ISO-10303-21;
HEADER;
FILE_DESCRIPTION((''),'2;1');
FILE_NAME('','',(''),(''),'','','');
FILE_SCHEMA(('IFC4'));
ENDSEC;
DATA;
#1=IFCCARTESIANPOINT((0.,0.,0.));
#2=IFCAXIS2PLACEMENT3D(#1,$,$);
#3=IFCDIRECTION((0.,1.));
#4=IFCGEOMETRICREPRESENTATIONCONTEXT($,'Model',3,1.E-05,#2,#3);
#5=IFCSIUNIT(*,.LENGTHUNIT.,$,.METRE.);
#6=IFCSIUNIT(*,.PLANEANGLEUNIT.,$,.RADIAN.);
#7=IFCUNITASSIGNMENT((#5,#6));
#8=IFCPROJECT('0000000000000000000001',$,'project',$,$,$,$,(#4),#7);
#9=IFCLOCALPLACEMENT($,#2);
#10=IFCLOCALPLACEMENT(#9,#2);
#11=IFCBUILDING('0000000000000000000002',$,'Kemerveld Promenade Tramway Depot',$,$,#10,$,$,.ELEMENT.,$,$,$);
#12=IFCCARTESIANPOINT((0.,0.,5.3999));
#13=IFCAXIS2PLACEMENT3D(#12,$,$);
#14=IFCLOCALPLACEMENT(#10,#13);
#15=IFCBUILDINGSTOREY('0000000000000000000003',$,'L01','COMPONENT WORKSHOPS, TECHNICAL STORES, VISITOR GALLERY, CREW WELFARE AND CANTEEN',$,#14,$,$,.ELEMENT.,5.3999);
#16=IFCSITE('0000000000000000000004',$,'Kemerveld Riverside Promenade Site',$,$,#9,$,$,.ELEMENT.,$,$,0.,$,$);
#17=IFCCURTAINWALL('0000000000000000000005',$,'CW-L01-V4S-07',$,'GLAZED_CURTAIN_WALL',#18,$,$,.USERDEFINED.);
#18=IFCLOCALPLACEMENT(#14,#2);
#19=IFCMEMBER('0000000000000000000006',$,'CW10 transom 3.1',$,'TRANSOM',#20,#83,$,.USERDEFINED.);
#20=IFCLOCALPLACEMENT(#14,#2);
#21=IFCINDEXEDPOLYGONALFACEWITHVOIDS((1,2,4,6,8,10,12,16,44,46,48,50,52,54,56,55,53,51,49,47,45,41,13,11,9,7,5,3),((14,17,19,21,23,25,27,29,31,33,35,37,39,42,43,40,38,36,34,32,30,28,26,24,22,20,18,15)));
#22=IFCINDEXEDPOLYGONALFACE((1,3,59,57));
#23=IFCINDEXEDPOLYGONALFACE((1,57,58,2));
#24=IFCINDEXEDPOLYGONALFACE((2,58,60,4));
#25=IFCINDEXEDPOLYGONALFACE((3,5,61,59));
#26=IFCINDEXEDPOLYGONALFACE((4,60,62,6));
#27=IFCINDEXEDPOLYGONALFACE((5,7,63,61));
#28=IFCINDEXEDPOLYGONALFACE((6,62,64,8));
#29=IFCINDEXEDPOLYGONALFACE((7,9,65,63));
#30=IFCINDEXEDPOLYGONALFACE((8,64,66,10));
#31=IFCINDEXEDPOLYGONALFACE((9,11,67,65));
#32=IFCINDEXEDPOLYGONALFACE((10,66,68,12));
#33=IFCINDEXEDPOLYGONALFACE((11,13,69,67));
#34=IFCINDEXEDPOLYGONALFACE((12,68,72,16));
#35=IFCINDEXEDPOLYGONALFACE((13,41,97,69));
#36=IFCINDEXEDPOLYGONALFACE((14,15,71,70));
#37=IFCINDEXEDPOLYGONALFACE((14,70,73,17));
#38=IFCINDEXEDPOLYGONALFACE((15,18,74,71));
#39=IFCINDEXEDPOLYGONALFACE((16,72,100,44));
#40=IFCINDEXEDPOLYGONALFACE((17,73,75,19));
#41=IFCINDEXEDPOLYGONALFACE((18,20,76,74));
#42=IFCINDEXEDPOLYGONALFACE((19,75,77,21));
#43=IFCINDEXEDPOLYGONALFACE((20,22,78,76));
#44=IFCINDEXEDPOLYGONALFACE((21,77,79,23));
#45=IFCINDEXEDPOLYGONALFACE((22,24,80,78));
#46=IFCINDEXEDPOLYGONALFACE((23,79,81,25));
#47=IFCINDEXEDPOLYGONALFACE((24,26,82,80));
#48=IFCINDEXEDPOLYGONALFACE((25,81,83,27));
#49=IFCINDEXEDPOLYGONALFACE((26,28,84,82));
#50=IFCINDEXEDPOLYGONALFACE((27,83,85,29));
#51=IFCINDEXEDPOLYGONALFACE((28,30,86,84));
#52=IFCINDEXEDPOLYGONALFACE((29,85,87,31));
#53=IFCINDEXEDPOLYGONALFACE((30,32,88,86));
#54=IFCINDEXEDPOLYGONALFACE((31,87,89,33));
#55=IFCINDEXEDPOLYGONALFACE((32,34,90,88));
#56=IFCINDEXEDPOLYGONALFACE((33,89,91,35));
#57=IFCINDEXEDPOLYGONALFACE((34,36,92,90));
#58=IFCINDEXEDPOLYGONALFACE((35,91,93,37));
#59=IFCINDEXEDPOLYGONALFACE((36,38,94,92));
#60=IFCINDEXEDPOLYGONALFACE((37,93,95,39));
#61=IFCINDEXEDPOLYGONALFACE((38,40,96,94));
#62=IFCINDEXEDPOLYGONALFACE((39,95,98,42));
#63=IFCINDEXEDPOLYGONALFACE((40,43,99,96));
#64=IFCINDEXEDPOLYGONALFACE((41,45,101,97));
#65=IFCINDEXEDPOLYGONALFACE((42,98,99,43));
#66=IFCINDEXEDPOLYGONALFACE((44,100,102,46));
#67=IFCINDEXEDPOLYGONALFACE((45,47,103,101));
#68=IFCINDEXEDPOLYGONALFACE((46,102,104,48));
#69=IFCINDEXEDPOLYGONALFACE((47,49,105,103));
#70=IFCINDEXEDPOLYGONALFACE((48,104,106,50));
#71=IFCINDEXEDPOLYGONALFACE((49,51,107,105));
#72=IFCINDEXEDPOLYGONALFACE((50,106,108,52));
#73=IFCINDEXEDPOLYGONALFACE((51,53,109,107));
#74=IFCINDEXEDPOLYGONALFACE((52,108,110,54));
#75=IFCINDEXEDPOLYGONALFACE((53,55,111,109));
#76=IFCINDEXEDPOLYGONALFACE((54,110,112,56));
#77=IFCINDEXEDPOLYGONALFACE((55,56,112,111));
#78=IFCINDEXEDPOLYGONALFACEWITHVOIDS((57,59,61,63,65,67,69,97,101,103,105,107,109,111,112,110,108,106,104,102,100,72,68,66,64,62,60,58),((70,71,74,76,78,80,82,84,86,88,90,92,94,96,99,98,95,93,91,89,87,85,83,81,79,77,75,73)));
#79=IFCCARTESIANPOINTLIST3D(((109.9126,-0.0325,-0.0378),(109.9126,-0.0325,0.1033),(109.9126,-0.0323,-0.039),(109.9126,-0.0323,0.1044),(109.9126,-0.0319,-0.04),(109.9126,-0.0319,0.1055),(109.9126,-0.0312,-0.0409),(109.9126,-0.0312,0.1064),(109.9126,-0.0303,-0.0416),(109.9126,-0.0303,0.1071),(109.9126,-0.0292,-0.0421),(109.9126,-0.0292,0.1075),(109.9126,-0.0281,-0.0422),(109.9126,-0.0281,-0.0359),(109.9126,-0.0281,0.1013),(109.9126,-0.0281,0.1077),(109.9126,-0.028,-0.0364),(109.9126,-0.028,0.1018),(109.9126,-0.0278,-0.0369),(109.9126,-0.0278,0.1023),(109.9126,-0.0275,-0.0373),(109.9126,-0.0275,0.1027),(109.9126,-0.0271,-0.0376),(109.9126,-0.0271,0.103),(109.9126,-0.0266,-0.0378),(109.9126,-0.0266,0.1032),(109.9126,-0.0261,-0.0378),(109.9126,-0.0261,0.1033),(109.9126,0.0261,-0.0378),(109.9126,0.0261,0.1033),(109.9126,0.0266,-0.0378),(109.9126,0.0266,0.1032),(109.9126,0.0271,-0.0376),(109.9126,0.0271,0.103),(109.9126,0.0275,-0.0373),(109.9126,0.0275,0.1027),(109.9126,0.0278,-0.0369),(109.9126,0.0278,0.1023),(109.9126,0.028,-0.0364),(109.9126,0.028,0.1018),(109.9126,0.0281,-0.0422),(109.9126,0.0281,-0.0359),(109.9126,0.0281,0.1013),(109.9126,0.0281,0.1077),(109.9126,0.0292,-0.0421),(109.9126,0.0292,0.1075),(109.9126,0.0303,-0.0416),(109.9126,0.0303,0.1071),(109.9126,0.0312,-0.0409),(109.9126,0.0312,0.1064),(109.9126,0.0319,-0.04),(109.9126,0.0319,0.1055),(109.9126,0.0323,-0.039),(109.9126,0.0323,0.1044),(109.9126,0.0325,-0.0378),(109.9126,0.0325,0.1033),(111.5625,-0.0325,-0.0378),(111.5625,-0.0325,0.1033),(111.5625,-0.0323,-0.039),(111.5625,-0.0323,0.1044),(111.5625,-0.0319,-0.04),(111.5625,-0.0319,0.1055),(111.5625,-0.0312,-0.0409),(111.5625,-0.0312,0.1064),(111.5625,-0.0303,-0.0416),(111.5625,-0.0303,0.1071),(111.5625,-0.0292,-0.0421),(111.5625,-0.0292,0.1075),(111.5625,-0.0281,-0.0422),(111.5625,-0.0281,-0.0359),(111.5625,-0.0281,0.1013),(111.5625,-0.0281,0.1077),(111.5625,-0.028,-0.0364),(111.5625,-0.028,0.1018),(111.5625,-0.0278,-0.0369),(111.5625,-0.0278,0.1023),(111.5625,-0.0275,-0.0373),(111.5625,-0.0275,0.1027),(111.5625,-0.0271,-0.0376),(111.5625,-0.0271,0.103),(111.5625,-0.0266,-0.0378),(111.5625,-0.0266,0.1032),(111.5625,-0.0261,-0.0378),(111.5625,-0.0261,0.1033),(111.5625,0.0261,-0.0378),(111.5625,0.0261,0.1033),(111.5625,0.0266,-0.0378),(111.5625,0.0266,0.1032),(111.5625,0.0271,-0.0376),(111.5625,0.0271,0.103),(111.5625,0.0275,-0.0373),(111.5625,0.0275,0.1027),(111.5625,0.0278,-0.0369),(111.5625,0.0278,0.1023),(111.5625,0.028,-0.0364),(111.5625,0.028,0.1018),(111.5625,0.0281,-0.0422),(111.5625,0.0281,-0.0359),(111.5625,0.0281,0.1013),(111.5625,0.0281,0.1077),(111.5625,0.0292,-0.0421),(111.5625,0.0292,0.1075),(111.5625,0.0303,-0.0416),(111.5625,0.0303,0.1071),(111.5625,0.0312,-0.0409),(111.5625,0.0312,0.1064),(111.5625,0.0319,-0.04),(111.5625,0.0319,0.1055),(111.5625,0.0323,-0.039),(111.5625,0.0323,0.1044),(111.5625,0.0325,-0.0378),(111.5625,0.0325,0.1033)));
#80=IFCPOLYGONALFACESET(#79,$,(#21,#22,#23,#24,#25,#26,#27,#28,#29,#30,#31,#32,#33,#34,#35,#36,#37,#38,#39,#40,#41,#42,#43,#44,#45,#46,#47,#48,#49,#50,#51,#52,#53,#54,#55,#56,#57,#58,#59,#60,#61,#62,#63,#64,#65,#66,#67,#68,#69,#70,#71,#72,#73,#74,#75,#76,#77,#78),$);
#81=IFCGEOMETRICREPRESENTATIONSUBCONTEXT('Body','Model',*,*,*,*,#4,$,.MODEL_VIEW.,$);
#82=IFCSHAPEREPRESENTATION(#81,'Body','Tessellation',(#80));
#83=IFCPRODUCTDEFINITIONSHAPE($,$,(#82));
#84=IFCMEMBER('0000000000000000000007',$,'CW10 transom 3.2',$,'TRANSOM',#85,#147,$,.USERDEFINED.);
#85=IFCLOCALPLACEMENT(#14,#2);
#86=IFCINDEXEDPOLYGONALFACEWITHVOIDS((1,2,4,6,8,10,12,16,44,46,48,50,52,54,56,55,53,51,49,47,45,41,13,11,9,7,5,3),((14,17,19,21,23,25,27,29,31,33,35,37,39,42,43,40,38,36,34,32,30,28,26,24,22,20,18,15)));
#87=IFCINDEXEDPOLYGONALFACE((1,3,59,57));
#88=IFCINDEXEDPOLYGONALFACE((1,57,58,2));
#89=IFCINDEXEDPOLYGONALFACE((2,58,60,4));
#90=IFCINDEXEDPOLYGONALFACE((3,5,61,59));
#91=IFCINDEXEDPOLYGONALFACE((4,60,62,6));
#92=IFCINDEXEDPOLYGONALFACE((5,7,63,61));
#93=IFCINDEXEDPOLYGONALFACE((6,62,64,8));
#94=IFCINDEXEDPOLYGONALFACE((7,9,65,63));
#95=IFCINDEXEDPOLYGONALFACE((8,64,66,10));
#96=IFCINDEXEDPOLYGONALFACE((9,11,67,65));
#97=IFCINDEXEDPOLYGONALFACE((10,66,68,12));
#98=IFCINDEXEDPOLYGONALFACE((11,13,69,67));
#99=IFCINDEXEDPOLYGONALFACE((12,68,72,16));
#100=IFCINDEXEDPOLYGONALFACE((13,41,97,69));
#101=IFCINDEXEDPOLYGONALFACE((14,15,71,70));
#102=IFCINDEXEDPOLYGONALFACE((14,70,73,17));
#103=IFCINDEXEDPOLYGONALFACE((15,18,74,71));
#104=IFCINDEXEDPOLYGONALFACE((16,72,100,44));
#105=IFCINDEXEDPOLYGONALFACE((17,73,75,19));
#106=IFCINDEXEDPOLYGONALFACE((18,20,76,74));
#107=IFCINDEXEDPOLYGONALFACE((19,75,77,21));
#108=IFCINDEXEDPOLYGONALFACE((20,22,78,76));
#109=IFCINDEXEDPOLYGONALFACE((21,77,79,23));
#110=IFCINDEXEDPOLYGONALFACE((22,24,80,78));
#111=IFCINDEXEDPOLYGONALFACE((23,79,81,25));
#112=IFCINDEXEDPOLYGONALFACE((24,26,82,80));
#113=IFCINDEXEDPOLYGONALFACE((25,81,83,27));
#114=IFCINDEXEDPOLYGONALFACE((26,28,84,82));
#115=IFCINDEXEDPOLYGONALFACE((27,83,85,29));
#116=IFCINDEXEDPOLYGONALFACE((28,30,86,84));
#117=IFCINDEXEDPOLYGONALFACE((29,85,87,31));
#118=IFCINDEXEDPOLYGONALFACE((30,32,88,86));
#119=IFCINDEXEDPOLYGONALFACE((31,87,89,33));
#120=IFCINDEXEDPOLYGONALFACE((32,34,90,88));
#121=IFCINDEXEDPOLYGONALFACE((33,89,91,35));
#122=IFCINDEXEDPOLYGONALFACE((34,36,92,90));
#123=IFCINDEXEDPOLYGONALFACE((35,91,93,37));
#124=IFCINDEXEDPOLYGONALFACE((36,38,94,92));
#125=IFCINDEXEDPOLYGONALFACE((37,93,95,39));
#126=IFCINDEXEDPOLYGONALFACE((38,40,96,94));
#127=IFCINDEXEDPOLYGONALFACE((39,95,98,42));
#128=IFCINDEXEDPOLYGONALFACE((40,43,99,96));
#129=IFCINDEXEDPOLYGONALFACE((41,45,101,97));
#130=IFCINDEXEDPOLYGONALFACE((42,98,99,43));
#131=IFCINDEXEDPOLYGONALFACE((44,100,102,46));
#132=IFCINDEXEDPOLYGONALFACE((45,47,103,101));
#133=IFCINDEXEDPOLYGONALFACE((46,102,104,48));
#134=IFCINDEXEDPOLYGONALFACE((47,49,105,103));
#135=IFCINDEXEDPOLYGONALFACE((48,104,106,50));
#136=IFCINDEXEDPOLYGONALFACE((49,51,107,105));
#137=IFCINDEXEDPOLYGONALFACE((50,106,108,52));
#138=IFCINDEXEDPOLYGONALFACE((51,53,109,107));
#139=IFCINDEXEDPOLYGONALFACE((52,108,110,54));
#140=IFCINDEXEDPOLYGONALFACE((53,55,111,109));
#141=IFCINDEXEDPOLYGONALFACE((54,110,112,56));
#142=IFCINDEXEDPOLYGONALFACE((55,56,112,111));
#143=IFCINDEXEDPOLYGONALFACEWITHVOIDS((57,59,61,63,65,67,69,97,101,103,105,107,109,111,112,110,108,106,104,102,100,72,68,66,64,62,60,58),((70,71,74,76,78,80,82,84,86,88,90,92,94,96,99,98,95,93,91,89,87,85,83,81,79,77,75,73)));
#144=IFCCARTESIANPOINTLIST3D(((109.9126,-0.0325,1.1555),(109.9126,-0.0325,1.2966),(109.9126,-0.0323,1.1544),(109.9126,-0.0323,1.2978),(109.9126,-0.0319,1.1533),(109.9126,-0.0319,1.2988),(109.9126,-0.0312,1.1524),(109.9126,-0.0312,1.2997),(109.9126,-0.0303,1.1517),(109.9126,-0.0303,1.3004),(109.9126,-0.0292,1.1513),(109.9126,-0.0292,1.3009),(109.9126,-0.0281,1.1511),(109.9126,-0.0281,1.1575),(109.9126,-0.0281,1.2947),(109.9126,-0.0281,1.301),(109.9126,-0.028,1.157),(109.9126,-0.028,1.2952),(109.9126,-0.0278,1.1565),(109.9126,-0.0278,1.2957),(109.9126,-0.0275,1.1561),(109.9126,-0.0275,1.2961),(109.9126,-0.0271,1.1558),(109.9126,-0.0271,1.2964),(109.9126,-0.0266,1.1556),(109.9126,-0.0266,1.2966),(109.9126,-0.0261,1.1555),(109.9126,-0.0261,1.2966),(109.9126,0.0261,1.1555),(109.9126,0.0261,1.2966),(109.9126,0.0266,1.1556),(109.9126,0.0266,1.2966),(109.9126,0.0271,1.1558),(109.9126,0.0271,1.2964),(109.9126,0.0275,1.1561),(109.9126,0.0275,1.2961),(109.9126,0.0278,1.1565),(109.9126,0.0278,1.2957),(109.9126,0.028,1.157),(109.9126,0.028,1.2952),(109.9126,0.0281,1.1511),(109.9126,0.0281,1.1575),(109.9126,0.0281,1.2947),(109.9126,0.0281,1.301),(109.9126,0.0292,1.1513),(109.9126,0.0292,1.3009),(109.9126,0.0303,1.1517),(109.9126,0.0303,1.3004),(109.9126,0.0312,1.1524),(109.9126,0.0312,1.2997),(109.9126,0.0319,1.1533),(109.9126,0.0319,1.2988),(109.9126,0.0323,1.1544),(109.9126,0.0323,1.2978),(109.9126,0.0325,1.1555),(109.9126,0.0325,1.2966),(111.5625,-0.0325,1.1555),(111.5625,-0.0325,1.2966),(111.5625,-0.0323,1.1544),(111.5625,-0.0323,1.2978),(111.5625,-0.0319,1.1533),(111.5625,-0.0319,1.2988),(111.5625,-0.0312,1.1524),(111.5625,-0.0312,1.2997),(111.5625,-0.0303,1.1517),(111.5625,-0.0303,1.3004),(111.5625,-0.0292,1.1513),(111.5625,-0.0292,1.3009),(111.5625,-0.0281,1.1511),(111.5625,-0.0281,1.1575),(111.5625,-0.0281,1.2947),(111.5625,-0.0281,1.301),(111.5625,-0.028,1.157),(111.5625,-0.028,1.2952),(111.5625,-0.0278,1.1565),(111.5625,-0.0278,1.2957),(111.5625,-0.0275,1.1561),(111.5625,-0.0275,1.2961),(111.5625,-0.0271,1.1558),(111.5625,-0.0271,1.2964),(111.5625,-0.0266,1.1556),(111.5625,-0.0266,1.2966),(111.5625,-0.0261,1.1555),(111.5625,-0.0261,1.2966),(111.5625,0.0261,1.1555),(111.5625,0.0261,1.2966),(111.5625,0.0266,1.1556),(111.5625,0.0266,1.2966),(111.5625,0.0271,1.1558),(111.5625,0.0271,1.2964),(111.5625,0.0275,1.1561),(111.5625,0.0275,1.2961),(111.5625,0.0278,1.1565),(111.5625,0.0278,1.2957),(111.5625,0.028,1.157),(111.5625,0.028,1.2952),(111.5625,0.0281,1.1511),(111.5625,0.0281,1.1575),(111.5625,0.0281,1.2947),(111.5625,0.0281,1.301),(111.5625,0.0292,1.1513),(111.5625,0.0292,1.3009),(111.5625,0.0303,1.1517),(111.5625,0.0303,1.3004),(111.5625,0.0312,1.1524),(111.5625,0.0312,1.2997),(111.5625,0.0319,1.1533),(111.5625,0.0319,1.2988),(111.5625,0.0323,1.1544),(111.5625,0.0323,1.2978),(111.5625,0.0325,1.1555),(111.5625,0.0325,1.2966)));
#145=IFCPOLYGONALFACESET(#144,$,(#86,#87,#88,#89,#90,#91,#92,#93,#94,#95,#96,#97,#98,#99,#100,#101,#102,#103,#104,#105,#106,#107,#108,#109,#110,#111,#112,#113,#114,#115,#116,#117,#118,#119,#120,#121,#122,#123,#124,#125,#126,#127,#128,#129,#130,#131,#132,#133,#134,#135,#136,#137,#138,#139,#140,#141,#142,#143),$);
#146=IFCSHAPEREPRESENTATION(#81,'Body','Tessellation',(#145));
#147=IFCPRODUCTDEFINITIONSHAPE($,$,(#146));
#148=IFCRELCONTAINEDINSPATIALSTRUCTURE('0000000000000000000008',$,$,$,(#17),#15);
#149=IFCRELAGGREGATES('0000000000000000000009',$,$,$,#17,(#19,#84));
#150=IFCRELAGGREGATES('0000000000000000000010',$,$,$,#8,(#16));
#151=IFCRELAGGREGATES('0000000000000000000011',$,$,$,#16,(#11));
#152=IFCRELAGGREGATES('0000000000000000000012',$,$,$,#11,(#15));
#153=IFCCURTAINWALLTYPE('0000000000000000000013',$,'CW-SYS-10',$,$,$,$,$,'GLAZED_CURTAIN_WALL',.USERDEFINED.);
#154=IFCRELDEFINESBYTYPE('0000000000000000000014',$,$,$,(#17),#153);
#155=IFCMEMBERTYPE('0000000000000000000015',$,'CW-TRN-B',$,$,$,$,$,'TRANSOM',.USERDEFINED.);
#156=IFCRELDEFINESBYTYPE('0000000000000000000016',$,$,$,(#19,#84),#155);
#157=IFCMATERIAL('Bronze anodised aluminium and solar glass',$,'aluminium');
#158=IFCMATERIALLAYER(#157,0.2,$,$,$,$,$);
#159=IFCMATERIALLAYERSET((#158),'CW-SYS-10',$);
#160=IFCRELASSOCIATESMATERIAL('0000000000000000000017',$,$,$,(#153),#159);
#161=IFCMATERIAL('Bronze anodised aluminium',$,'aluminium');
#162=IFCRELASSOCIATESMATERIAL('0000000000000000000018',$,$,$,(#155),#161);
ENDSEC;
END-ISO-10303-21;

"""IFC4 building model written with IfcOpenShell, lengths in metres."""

from ifc_helpers import new_model, si_unit, direction, frame, origin, origin_2d, place, context, subcontext, project, spatial, hollow_rectangle, extrude, material, layer, layer_set, material_profile, profile_set, type_object, element, aggregate, save


model = new_model("IFC4")

# Units and contexts
model_context = context("Model", 3, precision=1e-05, world=origin(), true_north=direction((0.0, 1.0)))
body_context = subcontext(model_context, "Body", "Model", "MODEL_VIEW")
ifc_project = project(units=[si_unit("LENGTHUNIT", "METRE"), si_unit("PLANEANGLEUNIT", "RADIAN")], contexts=[model_context])

# Site, building, storey
site_placement = place(None, origin())
site = spatial("IfcSite", under=ifc_project, at=site_placement, Name="Kemerveld Riverside Promenade Site", CompositionType="ELEMENT", RefElevation=0.0)
building_placement = place(site_placement, origin())
building = spatial("IfcBuilding", under=site, at=building_placement, Name="Kemerveld Promenade Tramway Depot", CompositionType="ELEMENT")
storey_placement = place(building_placement, frame((0.0, 0.0, 5.3999)))
storey = spatial("IfcBuildingStorey", under=building, at=storey_placement, Name="L01", Description="COMPONENT WORKSHOPS, TECHNICAL STORES, VISITOR GALLERY, CREW WELFARE AND CANTEEN", CompositionType="ELEMENT", Elevation=5.3999)

# Curtain wall, members
ifc_material_1 = material(Name="Bronze anodised aluminium and solar glass", Category="aluminium")
ifc_layer_1 = layer(ifc_material_1, 0.2)
ifc_layer_set_1 = layer_set([ifc_layer_1], Name="CW-SYS-10")
curtain_wall_type = type_object("IfcCurtainWallType", Name="CW-SYS-10", ElementType="GLAZED_CURTAIN_WALL", PredefinedType="USERDEFINED", material=ifc_layer_set_1)
curtain_wall_placement = place(storey_placement, origin())
curtain_wall = element("IfcCurtainWall", 1, at=curtain_wall_placement, inside=storey, type_object=curtain_wall_type, Name="CW-L01-V4S-07", ObjectType="GLAZED_CURTAIN_WALL", PredefinedType="USERDEFINED")
ifc_material_2 = material(Name="Bronze anodised aluminium", Category="aluminium")
ifc_material_profile_1 = material_profile(ifc_material_2, hollow_rectangle(XDim=0.0649, YDim=0.1499, WallThickness=0.0044, InnerFilletRadius=0.002, OuterFilletRadius=0.0044, at=origin_2d()), Name="CW-TRN-150x65")
ifc_profile_set_1 = profile_set([ifc_material_profile_1], Name="Bronze anodised aluminium")
member_type_1 = type_object("IfcMemberType", Name="CW-TRN-B", ElementType="TRANSOM", PredefinedType="USERDEFINED", material=ifc_profile_set_1)
member_1_placement = place(storey_placement, frame((111.5625, 0.0, 0.0327), z_axis=(-1.0, 0.0, 0.0), x_axis=(0.0, -1.0, 0.0)))
member_1 = element("IfcMember", 2, at=member_1_placement, type_object=member_type_1, Name="CW10 transom 3.1", ObjectType="TRANSOM", PredefinedType="USERDEFINED", context=body_context, shape_type="SweptSolid", body=[
    extrude(hollow_rectangle(XDim=0.0649, YDim=0.1499, WallThickness=0.0044, InnerFilletRadius=0.002, OuterFilletRadius=0.0044, at=origin_2d()), origin(), (0.0, 0.0, 1.0), 1.6499),
])
member_2_placement = place(storey_placement, frame((111.5625, 0.0, 1.2261), z_axis=(-1.0, 0.0, 0.0), x_axis=(0.0, -1.0, 0.0)))
member_2 = element("IfcMember", 3, at=member_2_placement, type_object=member_type_1, Name="CW10 transom 3.2", ObjectType="TRANSOM", PredefinedType="USERDEFINED", context=body_context, shape_type="SweptSolid", body=[
    extrude(hollow_rectangle(XDim=0.0649, YDim=0.1499, WallThickness=0.0044, InnerFilletRadius=0.002, OuterFilletRadius=0.0044, at=origin_2d()), origin(), (0.0, 0.0, 1.0), 1.6499),
])
aggregate(curtain_wall, [member_1, member_2])

save(model, "model.ifc")
